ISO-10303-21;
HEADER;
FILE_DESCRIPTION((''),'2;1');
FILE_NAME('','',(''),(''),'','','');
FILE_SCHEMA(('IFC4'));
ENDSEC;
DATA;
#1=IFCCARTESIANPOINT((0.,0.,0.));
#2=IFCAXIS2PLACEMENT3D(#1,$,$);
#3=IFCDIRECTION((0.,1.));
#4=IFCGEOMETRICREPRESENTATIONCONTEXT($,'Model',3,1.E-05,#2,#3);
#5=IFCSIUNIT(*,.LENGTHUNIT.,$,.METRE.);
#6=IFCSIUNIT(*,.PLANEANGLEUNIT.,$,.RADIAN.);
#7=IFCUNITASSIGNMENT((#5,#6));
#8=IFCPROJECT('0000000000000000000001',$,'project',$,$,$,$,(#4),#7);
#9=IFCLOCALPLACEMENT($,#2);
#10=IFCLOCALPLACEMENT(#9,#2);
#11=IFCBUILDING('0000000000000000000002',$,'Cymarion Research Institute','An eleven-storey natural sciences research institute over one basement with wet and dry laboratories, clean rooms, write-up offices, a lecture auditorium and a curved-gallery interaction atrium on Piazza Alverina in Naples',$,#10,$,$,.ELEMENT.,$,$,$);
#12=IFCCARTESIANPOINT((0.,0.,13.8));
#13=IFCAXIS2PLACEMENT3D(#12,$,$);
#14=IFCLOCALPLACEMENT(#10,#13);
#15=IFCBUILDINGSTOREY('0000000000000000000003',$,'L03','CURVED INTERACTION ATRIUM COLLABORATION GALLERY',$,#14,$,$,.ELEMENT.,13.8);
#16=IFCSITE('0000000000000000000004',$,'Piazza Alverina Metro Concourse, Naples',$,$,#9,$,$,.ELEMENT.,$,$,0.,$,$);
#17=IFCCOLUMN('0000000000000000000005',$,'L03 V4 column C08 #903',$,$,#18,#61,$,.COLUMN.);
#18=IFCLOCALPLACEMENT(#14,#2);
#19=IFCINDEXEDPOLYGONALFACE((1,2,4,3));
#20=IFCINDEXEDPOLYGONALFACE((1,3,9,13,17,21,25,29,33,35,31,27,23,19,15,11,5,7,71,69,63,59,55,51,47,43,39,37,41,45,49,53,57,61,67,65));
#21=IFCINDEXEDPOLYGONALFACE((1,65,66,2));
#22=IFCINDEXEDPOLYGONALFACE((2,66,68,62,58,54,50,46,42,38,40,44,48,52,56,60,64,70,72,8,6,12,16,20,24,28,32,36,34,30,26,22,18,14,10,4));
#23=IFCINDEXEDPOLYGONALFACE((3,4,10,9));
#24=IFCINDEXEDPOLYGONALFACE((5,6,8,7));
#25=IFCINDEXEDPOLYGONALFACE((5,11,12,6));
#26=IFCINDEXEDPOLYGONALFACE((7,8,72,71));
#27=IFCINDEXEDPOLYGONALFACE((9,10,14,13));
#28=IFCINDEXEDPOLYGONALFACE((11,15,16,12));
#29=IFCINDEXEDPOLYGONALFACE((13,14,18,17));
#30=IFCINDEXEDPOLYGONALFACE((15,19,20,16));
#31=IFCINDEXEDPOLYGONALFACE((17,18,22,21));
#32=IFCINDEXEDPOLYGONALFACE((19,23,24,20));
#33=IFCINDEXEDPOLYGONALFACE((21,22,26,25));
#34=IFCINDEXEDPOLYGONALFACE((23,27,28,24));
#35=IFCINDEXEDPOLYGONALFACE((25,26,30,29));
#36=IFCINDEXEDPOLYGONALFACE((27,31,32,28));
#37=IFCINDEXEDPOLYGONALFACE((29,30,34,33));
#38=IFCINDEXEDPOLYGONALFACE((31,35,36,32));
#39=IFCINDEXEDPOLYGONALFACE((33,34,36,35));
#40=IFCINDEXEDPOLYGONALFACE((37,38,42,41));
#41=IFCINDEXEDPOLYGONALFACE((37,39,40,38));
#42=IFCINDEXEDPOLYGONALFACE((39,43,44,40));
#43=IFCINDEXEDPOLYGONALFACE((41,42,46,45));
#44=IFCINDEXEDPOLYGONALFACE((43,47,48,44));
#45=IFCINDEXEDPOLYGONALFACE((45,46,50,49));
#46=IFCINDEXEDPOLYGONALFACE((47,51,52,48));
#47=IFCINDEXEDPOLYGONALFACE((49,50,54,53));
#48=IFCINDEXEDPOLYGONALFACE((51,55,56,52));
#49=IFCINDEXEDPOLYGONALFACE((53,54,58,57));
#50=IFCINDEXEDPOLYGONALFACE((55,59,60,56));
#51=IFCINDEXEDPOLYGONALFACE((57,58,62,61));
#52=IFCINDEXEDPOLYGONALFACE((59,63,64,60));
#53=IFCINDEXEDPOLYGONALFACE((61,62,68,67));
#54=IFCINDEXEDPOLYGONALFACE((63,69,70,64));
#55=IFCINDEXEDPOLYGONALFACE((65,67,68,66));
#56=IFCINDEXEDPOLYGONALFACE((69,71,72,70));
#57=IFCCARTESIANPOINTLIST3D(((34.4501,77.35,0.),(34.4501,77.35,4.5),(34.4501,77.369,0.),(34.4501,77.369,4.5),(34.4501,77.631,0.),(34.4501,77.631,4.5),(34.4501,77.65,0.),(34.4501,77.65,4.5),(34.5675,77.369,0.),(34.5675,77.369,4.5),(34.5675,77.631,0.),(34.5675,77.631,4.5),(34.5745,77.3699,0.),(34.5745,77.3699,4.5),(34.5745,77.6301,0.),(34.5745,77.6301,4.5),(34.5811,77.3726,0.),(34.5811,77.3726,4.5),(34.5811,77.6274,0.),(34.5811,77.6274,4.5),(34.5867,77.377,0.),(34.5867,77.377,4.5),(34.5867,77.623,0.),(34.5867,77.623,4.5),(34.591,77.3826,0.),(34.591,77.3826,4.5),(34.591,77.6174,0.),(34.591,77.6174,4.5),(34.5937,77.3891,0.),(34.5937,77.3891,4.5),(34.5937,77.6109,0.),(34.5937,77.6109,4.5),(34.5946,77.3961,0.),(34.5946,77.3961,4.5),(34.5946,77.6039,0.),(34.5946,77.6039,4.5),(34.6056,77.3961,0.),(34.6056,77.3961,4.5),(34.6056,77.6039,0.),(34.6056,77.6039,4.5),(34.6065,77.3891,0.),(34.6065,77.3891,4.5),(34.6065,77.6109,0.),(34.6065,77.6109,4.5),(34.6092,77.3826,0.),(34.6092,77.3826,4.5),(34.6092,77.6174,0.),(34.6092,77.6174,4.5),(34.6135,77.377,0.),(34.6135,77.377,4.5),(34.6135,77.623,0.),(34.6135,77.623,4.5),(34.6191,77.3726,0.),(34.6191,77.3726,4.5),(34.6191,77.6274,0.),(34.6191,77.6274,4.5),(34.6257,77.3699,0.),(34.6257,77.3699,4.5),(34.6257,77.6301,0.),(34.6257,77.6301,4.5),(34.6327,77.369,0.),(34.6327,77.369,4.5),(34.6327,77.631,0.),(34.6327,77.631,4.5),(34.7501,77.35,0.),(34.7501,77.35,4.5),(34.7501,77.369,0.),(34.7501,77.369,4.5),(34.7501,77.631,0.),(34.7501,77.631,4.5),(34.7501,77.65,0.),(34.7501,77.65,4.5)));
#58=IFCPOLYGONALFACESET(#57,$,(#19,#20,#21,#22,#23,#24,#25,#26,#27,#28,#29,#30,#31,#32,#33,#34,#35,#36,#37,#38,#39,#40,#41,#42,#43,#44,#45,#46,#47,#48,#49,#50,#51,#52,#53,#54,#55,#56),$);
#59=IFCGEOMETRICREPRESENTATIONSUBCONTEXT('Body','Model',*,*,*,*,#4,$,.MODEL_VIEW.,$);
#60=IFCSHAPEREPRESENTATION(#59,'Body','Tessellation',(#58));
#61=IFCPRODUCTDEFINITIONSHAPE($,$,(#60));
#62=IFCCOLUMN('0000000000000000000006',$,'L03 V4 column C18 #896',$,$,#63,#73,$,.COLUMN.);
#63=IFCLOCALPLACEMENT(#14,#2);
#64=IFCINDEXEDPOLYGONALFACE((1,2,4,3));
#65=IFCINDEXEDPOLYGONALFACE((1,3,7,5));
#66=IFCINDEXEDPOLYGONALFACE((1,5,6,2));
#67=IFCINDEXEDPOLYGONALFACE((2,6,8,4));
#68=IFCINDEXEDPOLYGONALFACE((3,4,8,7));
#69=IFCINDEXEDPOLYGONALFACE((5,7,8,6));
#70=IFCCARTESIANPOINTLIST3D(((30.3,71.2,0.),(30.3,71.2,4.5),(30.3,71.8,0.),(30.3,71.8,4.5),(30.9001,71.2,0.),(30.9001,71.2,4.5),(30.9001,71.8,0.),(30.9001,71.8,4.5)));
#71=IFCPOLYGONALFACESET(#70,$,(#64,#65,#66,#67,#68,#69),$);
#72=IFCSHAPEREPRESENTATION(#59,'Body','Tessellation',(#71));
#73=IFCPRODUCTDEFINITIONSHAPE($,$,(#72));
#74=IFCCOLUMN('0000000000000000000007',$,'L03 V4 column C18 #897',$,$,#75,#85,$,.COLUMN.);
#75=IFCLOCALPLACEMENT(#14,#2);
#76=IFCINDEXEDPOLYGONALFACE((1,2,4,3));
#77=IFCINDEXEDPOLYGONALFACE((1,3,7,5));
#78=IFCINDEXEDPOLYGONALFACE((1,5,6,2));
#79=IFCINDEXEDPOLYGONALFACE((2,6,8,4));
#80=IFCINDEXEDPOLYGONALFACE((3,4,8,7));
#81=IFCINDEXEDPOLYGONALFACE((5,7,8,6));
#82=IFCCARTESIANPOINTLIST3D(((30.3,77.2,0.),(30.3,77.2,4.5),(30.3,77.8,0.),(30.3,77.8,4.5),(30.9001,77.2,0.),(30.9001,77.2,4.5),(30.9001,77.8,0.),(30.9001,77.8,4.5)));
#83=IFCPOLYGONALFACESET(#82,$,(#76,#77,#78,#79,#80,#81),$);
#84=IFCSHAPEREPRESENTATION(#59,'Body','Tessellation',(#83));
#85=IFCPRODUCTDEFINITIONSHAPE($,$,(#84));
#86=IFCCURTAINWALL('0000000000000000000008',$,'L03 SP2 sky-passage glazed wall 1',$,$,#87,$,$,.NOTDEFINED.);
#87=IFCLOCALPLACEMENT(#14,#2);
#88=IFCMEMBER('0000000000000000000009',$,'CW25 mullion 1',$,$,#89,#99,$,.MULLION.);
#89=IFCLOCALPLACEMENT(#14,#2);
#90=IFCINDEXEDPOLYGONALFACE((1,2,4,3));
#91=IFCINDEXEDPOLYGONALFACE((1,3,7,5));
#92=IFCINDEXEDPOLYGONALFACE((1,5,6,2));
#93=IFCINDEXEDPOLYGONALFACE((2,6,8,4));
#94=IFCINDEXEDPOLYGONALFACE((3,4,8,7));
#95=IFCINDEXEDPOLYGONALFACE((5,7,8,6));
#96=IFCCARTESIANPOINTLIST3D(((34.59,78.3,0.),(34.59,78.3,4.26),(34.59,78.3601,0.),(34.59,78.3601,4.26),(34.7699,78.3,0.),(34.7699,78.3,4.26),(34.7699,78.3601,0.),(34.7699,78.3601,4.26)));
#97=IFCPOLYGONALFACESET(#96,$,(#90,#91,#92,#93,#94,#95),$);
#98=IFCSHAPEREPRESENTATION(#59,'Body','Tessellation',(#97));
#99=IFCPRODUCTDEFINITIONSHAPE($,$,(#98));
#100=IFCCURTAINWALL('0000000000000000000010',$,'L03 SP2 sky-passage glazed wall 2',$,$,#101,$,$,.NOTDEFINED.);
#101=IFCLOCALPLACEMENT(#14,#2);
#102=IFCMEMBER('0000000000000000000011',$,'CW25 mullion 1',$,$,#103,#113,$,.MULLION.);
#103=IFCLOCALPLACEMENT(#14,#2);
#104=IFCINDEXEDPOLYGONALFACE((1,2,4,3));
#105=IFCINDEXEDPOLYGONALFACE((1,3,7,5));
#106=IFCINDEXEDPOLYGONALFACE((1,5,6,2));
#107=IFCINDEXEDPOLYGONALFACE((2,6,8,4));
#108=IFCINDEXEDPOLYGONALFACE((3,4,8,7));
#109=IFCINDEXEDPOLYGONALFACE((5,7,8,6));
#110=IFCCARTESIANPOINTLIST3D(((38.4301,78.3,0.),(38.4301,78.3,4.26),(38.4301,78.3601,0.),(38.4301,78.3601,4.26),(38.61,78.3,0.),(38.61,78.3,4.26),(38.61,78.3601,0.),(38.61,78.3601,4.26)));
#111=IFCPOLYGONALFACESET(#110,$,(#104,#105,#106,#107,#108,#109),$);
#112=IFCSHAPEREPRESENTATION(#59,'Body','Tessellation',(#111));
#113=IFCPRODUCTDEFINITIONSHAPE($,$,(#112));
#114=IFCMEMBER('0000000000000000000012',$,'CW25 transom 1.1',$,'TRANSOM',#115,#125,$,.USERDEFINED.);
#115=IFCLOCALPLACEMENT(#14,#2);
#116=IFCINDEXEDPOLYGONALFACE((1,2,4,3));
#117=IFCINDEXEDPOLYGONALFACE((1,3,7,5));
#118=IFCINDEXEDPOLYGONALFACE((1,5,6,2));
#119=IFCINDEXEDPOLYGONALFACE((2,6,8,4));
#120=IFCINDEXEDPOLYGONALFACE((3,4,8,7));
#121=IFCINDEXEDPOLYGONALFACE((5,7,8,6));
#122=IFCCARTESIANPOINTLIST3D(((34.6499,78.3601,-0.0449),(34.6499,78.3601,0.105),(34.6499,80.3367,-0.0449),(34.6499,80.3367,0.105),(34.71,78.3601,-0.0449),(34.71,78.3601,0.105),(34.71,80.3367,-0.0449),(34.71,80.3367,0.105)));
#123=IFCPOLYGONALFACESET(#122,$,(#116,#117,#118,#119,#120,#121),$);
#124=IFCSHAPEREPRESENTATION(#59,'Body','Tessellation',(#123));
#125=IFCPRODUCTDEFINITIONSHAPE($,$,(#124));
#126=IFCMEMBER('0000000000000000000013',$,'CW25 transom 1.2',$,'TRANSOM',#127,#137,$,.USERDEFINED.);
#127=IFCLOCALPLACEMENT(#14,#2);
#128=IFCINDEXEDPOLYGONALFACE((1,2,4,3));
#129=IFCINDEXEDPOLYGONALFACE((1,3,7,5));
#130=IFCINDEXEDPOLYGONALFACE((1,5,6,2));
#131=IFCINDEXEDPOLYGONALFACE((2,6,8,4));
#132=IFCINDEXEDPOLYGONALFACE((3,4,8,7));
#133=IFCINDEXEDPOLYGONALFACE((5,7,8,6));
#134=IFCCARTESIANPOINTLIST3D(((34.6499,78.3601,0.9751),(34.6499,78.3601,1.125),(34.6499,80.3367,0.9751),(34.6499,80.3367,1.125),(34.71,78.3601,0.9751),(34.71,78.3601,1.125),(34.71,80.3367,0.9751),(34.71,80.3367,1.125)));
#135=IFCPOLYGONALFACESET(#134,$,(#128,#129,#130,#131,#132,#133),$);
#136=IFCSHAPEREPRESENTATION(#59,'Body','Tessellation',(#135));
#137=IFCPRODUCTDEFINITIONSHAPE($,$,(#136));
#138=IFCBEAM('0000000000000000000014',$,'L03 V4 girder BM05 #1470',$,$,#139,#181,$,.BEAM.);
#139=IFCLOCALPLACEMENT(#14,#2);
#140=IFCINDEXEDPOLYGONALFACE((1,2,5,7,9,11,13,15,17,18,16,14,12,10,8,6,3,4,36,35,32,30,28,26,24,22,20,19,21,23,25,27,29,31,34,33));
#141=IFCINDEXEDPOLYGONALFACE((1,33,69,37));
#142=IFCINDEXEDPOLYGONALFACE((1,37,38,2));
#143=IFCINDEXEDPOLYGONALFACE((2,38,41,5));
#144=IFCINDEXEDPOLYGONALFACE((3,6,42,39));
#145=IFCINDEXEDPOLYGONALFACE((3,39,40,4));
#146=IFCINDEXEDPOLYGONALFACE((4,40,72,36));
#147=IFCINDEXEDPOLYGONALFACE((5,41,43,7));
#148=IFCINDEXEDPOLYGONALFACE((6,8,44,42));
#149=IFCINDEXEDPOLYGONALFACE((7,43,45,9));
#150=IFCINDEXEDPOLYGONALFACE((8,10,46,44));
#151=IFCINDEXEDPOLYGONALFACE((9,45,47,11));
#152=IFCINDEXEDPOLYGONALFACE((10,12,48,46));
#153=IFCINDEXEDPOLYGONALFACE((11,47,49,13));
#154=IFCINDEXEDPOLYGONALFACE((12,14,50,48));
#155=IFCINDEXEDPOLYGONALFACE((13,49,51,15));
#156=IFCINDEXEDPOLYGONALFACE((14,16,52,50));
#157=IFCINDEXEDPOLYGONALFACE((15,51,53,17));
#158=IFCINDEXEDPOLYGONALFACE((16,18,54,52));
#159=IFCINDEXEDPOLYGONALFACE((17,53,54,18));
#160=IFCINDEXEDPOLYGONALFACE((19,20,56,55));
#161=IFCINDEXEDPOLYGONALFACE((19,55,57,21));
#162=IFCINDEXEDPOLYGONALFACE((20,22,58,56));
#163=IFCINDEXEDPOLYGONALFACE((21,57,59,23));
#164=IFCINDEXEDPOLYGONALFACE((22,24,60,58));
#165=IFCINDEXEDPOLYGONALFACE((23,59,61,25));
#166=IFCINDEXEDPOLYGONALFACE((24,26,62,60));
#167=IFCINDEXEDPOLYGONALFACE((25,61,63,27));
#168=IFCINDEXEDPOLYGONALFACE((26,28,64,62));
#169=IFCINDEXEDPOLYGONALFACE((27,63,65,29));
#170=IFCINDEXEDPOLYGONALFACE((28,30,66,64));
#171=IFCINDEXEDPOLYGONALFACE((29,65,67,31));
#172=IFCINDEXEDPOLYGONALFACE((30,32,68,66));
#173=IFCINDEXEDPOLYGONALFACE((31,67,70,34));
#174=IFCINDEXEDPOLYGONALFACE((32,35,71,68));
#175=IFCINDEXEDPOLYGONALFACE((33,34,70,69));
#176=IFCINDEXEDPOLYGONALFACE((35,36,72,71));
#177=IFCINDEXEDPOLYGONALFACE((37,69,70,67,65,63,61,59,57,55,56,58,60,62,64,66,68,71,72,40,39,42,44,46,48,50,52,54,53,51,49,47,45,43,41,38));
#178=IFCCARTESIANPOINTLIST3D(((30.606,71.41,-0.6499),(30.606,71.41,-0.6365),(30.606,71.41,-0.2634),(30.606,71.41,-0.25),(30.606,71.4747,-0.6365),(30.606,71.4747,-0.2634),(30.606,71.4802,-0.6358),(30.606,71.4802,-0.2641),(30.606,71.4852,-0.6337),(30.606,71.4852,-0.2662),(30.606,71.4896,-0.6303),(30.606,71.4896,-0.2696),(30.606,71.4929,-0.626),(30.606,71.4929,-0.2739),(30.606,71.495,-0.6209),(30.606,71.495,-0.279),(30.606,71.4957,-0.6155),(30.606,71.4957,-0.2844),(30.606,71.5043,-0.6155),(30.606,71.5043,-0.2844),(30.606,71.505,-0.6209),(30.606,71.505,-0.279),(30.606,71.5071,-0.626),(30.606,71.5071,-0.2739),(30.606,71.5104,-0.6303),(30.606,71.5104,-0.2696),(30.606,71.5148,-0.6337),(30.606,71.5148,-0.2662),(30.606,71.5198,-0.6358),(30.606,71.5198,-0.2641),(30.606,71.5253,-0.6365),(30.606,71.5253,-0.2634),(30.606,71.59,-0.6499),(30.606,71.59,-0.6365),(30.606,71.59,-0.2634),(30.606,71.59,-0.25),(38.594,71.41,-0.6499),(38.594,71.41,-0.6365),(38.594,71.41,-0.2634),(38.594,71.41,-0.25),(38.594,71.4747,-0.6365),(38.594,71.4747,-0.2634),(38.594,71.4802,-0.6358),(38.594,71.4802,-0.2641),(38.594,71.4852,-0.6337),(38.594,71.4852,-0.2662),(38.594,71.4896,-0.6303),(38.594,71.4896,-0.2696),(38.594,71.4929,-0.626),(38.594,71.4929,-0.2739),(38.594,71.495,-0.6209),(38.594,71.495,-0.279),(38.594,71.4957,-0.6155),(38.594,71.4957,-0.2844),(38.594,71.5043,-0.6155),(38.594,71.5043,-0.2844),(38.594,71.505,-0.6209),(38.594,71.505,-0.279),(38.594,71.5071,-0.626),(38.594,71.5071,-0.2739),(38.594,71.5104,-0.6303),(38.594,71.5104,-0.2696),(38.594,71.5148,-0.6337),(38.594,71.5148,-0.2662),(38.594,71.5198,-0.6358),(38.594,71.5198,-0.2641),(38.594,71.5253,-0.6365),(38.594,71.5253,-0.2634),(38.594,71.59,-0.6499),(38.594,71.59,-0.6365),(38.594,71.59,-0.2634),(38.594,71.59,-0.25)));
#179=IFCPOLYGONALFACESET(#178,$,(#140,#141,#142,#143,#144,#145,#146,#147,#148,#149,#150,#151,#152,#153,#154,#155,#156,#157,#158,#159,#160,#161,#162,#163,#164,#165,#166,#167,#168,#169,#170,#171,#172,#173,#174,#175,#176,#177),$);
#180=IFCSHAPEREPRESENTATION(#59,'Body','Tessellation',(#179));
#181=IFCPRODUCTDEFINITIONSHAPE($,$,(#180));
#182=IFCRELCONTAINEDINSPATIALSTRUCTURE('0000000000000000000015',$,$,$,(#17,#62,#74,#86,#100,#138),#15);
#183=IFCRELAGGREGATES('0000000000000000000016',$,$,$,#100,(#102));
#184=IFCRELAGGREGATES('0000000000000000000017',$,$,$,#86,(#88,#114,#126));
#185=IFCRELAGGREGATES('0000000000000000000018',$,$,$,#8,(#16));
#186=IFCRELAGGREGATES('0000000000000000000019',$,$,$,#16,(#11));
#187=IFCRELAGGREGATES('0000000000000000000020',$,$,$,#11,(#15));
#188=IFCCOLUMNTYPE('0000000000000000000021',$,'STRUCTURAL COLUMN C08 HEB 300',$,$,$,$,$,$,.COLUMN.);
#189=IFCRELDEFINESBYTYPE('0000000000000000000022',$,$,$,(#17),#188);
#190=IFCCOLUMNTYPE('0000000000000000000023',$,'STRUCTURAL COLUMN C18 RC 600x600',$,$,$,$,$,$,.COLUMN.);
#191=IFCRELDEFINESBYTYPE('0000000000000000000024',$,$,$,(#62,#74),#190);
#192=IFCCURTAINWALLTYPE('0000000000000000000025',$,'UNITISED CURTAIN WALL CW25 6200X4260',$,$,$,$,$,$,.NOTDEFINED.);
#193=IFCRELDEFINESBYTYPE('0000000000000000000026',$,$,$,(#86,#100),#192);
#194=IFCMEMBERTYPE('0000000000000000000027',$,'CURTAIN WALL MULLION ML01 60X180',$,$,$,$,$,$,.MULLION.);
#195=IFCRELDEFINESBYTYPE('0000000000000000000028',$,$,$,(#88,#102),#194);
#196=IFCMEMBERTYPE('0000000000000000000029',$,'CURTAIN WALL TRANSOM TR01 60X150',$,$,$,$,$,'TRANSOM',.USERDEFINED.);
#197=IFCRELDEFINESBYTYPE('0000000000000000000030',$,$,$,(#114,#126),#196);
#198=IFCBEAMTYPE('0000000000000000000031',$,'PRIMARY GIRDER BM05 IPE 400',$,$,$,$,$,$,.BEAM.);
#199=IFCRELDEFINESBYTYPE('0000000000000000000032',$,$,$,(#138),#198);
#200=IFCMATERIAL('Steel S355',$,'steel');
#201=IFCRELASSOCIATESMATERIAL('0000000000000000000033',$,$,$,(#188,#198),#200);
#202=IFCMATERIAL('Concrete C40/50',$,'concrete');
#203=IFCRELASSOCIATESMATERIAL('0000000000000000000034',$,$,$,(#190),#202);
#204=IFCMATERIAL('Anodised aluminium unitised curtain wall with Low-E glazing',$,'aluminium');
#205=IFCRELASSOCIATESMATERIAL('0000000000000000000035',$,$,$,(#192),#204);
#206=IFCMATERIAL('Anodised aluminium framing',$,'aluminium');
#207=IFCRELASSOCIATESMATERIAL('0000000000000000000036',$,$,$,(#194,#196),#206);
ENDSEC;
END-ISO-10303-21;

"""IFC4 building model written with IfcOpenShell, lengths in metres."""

from ifc_helpers import new_model, si_unit, direction, frame, origin, origin_2d, place, context, subcontext, project, spatial, rectangle, i_section, extrude, material, material_profile, profile_set, type_object, element, aggregate, save


model = new_model("IFC4")

# Units and contexts
model_context = context("Model", 3, precision=1e-05, world=origin(), true_north=direction((0.0, 1.0)))
body_context = subcontext(model_context, "Body", "Model", "MODEL_VIEW")
ifc_project = project(units=[si_unit("LENGTHUNIT", "METRE"), si_unit("PLANEANGLEUNIT", "RADIAN")], contexts=[model_context])

# Site, building, storey
site_placement = place(None, origin())
site = spatial("IfcSite", under=ifc_project, at=site_placement, Name="Piazza Alverina Metro Concourse, Naples", CompositionType="ELEMENT", RefElevation=0.0)
building_placement = place(site_placement, origin())
building = spatial("IfcBuilding", under=site, at=building_placement, Name="Cymarion Research Institute", Description="An eleven-storey natural sciences research institute over one basement with wet and dry laboratories, clean rooms, write-up offices, a lecture auditorium and a curved-gallery interaction atrium on Piazza Alverina in Naples", CompositionType="ELEMENT")
storey_placement = place(building_placement, frame((0.0, 0.0, 13.8)))
storey = spatial("IfcBuildingStorey", under=building, at=storey_placement, Name="L03", Description="CURVED INTERACTION ATRIUM COLLABORATION GALLERY", CompositionType="ELEMENT", Elevation=13.8)

# Columns
ifc_material_1 = material(Name="Steel S355", Category="steel")
ifc_material_profile_1 = material_profile(ifc_material_1, i_section(OverallWidth=0.3, OverallDepth=0.3, WebThickness=0.011, FlangeThickness=0.019, FilletRadius=0.0271, at=origin_2d()), Name="HEB 300")
ifc_profile_set_1 = profile_set([ifc_material_profile_1], Name="Steel S355")
column_type_1 = type_object("IfcColumnType", Name="STRUCTURAL COLUMN C08 HEB 300", PredefinedType="COLUMN", material=ifc_profile_set_1)
column_placement = place(storey_placement, frame((34.6001, 77.5, 0.0), z_axis=(0.0, 0.0, 1.0), x_axis=(1.0, 0.0, 0.0)))
element("IfcColumn", 1, at=column_placement, inside=storey, type_object=column_type_1, Name="L03 V4 column C08 #903", PredefinedType="COLUMN", context=body_context, shape_type="SweptSolid", body=[
    extrude(i_section(OverallWidth=0.3, OverallDepth=0.3, WebThickness=0.011, FlangeThickness=0.019, FilletRadius=0.0271, at=origin_2d()), origin(), (0.0, 0.0, 1.0), 4.5),
])
ifc_material_2 = material(Name="Concrete C40/50", Category="concrete")
ifc_material_profile_2 = material_profile(ifc_material_2, rectangle(XDim=0.6001, YDim=0.6001, at=origin_2d()), Name="RC 600x600")
ifc_profile_set_2 = profile_set([ifc_material_profile_2], Name="Concrete C40/50")
column_type_2 = type_object("IfcColumnType", Name="STRUCTURAL COLUMN C18 RC 600x600", PredefinedType="COLUMN", material=ifc_profile_set_2)
for number, where, z_axis, x_axis, name in (
    (2, (30.6001, 71.5, 0.0), (0.0, 0.0, 1.0), (1.0, 0.0, 0.0), "L03 V4 column C18 #896"),
    (3, (30.6001, 77.5, 0.0), (0.0, 0.0, 1.0), (1.0, 0.0, 0.0), "L03 V4 column C18 #897"),
):
    element("IfcColumn", number, at=place(storey_placement, frame(where, z_axis=z_axis, x_axis=x_axis)), inside=storey, type_object=column_type_2, Name=name, PredefinedType="COLUMN", context=body_context, shape_type="SweptSolid", body=[
        extrude(rectangle(XDim=0.6001, YDim=0.6001, at=origin_2d()), origin(), (0.0, 0.0, 1.0), 4.5),
    ])

# Curtain walls, members
ifc_material_3 = material(Name="Anodised aluminium unitised curtain wall with Low-E glazing", Category="aluminium")
curtain_wall_type = type_object("IfcCurtainWallType", Name="UNITISED CURTAIN WALL CW25 6200X4260", PredefinedType="NOTDEFINED", material=ifc_material_3)
curtain_wall_1_placement = place(storey_placement, origin())
curtain_wall_1 = element("IfcCurtainWall", 4, at=curtain_wall_1_placement, inside=storey, type_object=curtain_wall_type, Name="L03 SP2 sky-passage glazed wall 1", PredefinedType="NOTDEFINED")
ifc_material_4 = material(Name="Anodised aluminium framing", Category="aluminium")
ifc_material_profile_3 = material_profile(ifc_material_4, rectangle(XDim=0.0601, YDim=0.1799, at=origin_2d()), Name="ALU MULLION 60x180")
ifc_profile_set_3 = profile_set([ifc_material_profile_3], Name="Anodised aluminium framing")
member_type_1 = type_object("IfcMemberType", Name="CURTAIN WALL MULLION ML01 60X180", PredefinedType="MULLION", material=ifc_profile_set_3)
member_1_placement = place(storey_placement, frame((34.6799, 78.3301, 0.0), z_axis=(0.0, 0.0, 1.0), x_axis=(0.0, 1.0, 0.0)))
member_1 = element("IfcMember", 5, at=member_1_placement, type_object=member_type_1, Name="CW25 mullion 1", PredefinedType="MULLION", context=body_context, shape_type="SweptSolid", body=[
    extrude(rectangle(XDim=0.0601, YDim=0.1799, at=origin_2d()), origin(), (0.0, 0.0, 1.0), 4.26),
])
curtain_wall_2_placement = place(storey_placement, origin())
curtain_wall_2 = element("IfcCurtainWall", 6, at=curtain_wall_2_placement, inside=storey, type_object=curtain_wall_type, Name="L03 SP2 sky-passage glazed wall 2", PredefinedType="NOTDEFINED")
member_2_placement = place(storey_placement, frame((38.52, 78.3301, 0.0), z_axis=(0.0, 0.0, 1.0), x_axis=(0.0, 1.0, 0.0)))
member_2 = element("IfcMember", 7, at=member_2_placement, type_object=member_type_1, Name="CW25 mullion 1", PredefinedType="MULLION", context=body_context, shape_type="SweptSolid", body=[
    extrude(rectangle(XDim=0.0601, YDim=0.1799, at=origin_2d()), origin(), (0.0, 0.0, 1.0), 4.26),
])
aggregate(curtain_wall_2, [member_2])

# Members
ifc_material_profile_4 = material_profile(ifc_material_4, rectangle(XDim=0.0601, YDim=0.1499, at=origin_2d()), Name="ALU TRANSOM 60x150")
ifc_profile_set_4 = profile_set([ifc_material_profile_4], Name="Anodised aluminium framing")
member_type_2 = type_object("IfcMemberType", Name="CURTAIN WALL TRANSOM TR01 60X150", ElementType="TRANSOM", PredefinedType="USERDEFINED", material=ifc_profile_set_4)
member_3_placement = place(storey_placement, frame((34.6799, 78.3601, 0.03), z_axis=(0.0, 1.0, 0.0), x_axis=(-1.0, 0.0, 0.0)))
member_3 = element("IfcMember", 8, at=member_3_placement, type_object=member_type_2, Name="CW25 transom 1.1", ObjectType="TRANSOM", PredefinedType="USERDEFINED", context=body_context, shape_type="SweptSolid", body=[
    extrude(rectangle(XDim=0.0601, YDim=0.1499, at=origin_2d()), origin(), (0.0, 0.0, 1.0), 1.9766),
])
member_4_placement = place(storey_placement, frame((34.6799, 78.3601, 1.05), z_axis=(0.0, 1.0, 0.0), x_axis=(-1.0, 0.0, 0.0)))
member_4 = element("IfcMember", 9, at=member_4_placement, type_object=member_type_2, Name="CW25 transom 1.2", ObjectType="TRANSOM", PredefinedType="USERDEFINED", context=body_context, shape_type="SweptSolid", body=[
    extrude(rectangle(XDim=0.0601, YDim=0.1499, at=origin_2d()), origin(), (0.0, 0.0, 1.0), 1.9766),
])
aggregate(curtain_wall_1, [member_1, member_3, member_4])

# Beam
ifc_material_profile_5 = material_profile(ifc_material_1, i_section(OverallWidth=0.1799, OverallDepth=0.3999, WebThickness=0.0085, FlangeThickness=0.0134, FilletRadius=0.021, at=origin_2d()), Name="IPE 400")
ifc_profile_set_5 = profile_set([ifc_material_profile_5], Name="Steel S355")
beam_type_1 = type_object("IfcBeamType", Name="PRIMARY GIRDER BM05 IPE 400", PredefinedType="BEAM", material=ifc_profile_set_5)
beam_1_placement = place(storey_placement, frame((30.606, 71.5, -0.45), z_axis=(1.0, 0.0, 0.0), x_axis=(0.0, 1.0, 0.0)))
element("IfcBeam", 10, at=beam_1_placement, inside=storey, type_object=beam_type_1, Name="L03 V4 girder BM05 #1470", PredefinedType="BEAM", context=body_context, shape_type="SweptSolid", body=[
    extrude(i_section(OverallWidth=0.1799, OverallDepth=0.3999, WebThickness=0.0085, FlangeThickness=0.0134, FilletRadius=0.021, at=origin_2d()), origin(), (0.0, 0.0, 1.0), 7.988),
])

save(model, "model.ifc")
